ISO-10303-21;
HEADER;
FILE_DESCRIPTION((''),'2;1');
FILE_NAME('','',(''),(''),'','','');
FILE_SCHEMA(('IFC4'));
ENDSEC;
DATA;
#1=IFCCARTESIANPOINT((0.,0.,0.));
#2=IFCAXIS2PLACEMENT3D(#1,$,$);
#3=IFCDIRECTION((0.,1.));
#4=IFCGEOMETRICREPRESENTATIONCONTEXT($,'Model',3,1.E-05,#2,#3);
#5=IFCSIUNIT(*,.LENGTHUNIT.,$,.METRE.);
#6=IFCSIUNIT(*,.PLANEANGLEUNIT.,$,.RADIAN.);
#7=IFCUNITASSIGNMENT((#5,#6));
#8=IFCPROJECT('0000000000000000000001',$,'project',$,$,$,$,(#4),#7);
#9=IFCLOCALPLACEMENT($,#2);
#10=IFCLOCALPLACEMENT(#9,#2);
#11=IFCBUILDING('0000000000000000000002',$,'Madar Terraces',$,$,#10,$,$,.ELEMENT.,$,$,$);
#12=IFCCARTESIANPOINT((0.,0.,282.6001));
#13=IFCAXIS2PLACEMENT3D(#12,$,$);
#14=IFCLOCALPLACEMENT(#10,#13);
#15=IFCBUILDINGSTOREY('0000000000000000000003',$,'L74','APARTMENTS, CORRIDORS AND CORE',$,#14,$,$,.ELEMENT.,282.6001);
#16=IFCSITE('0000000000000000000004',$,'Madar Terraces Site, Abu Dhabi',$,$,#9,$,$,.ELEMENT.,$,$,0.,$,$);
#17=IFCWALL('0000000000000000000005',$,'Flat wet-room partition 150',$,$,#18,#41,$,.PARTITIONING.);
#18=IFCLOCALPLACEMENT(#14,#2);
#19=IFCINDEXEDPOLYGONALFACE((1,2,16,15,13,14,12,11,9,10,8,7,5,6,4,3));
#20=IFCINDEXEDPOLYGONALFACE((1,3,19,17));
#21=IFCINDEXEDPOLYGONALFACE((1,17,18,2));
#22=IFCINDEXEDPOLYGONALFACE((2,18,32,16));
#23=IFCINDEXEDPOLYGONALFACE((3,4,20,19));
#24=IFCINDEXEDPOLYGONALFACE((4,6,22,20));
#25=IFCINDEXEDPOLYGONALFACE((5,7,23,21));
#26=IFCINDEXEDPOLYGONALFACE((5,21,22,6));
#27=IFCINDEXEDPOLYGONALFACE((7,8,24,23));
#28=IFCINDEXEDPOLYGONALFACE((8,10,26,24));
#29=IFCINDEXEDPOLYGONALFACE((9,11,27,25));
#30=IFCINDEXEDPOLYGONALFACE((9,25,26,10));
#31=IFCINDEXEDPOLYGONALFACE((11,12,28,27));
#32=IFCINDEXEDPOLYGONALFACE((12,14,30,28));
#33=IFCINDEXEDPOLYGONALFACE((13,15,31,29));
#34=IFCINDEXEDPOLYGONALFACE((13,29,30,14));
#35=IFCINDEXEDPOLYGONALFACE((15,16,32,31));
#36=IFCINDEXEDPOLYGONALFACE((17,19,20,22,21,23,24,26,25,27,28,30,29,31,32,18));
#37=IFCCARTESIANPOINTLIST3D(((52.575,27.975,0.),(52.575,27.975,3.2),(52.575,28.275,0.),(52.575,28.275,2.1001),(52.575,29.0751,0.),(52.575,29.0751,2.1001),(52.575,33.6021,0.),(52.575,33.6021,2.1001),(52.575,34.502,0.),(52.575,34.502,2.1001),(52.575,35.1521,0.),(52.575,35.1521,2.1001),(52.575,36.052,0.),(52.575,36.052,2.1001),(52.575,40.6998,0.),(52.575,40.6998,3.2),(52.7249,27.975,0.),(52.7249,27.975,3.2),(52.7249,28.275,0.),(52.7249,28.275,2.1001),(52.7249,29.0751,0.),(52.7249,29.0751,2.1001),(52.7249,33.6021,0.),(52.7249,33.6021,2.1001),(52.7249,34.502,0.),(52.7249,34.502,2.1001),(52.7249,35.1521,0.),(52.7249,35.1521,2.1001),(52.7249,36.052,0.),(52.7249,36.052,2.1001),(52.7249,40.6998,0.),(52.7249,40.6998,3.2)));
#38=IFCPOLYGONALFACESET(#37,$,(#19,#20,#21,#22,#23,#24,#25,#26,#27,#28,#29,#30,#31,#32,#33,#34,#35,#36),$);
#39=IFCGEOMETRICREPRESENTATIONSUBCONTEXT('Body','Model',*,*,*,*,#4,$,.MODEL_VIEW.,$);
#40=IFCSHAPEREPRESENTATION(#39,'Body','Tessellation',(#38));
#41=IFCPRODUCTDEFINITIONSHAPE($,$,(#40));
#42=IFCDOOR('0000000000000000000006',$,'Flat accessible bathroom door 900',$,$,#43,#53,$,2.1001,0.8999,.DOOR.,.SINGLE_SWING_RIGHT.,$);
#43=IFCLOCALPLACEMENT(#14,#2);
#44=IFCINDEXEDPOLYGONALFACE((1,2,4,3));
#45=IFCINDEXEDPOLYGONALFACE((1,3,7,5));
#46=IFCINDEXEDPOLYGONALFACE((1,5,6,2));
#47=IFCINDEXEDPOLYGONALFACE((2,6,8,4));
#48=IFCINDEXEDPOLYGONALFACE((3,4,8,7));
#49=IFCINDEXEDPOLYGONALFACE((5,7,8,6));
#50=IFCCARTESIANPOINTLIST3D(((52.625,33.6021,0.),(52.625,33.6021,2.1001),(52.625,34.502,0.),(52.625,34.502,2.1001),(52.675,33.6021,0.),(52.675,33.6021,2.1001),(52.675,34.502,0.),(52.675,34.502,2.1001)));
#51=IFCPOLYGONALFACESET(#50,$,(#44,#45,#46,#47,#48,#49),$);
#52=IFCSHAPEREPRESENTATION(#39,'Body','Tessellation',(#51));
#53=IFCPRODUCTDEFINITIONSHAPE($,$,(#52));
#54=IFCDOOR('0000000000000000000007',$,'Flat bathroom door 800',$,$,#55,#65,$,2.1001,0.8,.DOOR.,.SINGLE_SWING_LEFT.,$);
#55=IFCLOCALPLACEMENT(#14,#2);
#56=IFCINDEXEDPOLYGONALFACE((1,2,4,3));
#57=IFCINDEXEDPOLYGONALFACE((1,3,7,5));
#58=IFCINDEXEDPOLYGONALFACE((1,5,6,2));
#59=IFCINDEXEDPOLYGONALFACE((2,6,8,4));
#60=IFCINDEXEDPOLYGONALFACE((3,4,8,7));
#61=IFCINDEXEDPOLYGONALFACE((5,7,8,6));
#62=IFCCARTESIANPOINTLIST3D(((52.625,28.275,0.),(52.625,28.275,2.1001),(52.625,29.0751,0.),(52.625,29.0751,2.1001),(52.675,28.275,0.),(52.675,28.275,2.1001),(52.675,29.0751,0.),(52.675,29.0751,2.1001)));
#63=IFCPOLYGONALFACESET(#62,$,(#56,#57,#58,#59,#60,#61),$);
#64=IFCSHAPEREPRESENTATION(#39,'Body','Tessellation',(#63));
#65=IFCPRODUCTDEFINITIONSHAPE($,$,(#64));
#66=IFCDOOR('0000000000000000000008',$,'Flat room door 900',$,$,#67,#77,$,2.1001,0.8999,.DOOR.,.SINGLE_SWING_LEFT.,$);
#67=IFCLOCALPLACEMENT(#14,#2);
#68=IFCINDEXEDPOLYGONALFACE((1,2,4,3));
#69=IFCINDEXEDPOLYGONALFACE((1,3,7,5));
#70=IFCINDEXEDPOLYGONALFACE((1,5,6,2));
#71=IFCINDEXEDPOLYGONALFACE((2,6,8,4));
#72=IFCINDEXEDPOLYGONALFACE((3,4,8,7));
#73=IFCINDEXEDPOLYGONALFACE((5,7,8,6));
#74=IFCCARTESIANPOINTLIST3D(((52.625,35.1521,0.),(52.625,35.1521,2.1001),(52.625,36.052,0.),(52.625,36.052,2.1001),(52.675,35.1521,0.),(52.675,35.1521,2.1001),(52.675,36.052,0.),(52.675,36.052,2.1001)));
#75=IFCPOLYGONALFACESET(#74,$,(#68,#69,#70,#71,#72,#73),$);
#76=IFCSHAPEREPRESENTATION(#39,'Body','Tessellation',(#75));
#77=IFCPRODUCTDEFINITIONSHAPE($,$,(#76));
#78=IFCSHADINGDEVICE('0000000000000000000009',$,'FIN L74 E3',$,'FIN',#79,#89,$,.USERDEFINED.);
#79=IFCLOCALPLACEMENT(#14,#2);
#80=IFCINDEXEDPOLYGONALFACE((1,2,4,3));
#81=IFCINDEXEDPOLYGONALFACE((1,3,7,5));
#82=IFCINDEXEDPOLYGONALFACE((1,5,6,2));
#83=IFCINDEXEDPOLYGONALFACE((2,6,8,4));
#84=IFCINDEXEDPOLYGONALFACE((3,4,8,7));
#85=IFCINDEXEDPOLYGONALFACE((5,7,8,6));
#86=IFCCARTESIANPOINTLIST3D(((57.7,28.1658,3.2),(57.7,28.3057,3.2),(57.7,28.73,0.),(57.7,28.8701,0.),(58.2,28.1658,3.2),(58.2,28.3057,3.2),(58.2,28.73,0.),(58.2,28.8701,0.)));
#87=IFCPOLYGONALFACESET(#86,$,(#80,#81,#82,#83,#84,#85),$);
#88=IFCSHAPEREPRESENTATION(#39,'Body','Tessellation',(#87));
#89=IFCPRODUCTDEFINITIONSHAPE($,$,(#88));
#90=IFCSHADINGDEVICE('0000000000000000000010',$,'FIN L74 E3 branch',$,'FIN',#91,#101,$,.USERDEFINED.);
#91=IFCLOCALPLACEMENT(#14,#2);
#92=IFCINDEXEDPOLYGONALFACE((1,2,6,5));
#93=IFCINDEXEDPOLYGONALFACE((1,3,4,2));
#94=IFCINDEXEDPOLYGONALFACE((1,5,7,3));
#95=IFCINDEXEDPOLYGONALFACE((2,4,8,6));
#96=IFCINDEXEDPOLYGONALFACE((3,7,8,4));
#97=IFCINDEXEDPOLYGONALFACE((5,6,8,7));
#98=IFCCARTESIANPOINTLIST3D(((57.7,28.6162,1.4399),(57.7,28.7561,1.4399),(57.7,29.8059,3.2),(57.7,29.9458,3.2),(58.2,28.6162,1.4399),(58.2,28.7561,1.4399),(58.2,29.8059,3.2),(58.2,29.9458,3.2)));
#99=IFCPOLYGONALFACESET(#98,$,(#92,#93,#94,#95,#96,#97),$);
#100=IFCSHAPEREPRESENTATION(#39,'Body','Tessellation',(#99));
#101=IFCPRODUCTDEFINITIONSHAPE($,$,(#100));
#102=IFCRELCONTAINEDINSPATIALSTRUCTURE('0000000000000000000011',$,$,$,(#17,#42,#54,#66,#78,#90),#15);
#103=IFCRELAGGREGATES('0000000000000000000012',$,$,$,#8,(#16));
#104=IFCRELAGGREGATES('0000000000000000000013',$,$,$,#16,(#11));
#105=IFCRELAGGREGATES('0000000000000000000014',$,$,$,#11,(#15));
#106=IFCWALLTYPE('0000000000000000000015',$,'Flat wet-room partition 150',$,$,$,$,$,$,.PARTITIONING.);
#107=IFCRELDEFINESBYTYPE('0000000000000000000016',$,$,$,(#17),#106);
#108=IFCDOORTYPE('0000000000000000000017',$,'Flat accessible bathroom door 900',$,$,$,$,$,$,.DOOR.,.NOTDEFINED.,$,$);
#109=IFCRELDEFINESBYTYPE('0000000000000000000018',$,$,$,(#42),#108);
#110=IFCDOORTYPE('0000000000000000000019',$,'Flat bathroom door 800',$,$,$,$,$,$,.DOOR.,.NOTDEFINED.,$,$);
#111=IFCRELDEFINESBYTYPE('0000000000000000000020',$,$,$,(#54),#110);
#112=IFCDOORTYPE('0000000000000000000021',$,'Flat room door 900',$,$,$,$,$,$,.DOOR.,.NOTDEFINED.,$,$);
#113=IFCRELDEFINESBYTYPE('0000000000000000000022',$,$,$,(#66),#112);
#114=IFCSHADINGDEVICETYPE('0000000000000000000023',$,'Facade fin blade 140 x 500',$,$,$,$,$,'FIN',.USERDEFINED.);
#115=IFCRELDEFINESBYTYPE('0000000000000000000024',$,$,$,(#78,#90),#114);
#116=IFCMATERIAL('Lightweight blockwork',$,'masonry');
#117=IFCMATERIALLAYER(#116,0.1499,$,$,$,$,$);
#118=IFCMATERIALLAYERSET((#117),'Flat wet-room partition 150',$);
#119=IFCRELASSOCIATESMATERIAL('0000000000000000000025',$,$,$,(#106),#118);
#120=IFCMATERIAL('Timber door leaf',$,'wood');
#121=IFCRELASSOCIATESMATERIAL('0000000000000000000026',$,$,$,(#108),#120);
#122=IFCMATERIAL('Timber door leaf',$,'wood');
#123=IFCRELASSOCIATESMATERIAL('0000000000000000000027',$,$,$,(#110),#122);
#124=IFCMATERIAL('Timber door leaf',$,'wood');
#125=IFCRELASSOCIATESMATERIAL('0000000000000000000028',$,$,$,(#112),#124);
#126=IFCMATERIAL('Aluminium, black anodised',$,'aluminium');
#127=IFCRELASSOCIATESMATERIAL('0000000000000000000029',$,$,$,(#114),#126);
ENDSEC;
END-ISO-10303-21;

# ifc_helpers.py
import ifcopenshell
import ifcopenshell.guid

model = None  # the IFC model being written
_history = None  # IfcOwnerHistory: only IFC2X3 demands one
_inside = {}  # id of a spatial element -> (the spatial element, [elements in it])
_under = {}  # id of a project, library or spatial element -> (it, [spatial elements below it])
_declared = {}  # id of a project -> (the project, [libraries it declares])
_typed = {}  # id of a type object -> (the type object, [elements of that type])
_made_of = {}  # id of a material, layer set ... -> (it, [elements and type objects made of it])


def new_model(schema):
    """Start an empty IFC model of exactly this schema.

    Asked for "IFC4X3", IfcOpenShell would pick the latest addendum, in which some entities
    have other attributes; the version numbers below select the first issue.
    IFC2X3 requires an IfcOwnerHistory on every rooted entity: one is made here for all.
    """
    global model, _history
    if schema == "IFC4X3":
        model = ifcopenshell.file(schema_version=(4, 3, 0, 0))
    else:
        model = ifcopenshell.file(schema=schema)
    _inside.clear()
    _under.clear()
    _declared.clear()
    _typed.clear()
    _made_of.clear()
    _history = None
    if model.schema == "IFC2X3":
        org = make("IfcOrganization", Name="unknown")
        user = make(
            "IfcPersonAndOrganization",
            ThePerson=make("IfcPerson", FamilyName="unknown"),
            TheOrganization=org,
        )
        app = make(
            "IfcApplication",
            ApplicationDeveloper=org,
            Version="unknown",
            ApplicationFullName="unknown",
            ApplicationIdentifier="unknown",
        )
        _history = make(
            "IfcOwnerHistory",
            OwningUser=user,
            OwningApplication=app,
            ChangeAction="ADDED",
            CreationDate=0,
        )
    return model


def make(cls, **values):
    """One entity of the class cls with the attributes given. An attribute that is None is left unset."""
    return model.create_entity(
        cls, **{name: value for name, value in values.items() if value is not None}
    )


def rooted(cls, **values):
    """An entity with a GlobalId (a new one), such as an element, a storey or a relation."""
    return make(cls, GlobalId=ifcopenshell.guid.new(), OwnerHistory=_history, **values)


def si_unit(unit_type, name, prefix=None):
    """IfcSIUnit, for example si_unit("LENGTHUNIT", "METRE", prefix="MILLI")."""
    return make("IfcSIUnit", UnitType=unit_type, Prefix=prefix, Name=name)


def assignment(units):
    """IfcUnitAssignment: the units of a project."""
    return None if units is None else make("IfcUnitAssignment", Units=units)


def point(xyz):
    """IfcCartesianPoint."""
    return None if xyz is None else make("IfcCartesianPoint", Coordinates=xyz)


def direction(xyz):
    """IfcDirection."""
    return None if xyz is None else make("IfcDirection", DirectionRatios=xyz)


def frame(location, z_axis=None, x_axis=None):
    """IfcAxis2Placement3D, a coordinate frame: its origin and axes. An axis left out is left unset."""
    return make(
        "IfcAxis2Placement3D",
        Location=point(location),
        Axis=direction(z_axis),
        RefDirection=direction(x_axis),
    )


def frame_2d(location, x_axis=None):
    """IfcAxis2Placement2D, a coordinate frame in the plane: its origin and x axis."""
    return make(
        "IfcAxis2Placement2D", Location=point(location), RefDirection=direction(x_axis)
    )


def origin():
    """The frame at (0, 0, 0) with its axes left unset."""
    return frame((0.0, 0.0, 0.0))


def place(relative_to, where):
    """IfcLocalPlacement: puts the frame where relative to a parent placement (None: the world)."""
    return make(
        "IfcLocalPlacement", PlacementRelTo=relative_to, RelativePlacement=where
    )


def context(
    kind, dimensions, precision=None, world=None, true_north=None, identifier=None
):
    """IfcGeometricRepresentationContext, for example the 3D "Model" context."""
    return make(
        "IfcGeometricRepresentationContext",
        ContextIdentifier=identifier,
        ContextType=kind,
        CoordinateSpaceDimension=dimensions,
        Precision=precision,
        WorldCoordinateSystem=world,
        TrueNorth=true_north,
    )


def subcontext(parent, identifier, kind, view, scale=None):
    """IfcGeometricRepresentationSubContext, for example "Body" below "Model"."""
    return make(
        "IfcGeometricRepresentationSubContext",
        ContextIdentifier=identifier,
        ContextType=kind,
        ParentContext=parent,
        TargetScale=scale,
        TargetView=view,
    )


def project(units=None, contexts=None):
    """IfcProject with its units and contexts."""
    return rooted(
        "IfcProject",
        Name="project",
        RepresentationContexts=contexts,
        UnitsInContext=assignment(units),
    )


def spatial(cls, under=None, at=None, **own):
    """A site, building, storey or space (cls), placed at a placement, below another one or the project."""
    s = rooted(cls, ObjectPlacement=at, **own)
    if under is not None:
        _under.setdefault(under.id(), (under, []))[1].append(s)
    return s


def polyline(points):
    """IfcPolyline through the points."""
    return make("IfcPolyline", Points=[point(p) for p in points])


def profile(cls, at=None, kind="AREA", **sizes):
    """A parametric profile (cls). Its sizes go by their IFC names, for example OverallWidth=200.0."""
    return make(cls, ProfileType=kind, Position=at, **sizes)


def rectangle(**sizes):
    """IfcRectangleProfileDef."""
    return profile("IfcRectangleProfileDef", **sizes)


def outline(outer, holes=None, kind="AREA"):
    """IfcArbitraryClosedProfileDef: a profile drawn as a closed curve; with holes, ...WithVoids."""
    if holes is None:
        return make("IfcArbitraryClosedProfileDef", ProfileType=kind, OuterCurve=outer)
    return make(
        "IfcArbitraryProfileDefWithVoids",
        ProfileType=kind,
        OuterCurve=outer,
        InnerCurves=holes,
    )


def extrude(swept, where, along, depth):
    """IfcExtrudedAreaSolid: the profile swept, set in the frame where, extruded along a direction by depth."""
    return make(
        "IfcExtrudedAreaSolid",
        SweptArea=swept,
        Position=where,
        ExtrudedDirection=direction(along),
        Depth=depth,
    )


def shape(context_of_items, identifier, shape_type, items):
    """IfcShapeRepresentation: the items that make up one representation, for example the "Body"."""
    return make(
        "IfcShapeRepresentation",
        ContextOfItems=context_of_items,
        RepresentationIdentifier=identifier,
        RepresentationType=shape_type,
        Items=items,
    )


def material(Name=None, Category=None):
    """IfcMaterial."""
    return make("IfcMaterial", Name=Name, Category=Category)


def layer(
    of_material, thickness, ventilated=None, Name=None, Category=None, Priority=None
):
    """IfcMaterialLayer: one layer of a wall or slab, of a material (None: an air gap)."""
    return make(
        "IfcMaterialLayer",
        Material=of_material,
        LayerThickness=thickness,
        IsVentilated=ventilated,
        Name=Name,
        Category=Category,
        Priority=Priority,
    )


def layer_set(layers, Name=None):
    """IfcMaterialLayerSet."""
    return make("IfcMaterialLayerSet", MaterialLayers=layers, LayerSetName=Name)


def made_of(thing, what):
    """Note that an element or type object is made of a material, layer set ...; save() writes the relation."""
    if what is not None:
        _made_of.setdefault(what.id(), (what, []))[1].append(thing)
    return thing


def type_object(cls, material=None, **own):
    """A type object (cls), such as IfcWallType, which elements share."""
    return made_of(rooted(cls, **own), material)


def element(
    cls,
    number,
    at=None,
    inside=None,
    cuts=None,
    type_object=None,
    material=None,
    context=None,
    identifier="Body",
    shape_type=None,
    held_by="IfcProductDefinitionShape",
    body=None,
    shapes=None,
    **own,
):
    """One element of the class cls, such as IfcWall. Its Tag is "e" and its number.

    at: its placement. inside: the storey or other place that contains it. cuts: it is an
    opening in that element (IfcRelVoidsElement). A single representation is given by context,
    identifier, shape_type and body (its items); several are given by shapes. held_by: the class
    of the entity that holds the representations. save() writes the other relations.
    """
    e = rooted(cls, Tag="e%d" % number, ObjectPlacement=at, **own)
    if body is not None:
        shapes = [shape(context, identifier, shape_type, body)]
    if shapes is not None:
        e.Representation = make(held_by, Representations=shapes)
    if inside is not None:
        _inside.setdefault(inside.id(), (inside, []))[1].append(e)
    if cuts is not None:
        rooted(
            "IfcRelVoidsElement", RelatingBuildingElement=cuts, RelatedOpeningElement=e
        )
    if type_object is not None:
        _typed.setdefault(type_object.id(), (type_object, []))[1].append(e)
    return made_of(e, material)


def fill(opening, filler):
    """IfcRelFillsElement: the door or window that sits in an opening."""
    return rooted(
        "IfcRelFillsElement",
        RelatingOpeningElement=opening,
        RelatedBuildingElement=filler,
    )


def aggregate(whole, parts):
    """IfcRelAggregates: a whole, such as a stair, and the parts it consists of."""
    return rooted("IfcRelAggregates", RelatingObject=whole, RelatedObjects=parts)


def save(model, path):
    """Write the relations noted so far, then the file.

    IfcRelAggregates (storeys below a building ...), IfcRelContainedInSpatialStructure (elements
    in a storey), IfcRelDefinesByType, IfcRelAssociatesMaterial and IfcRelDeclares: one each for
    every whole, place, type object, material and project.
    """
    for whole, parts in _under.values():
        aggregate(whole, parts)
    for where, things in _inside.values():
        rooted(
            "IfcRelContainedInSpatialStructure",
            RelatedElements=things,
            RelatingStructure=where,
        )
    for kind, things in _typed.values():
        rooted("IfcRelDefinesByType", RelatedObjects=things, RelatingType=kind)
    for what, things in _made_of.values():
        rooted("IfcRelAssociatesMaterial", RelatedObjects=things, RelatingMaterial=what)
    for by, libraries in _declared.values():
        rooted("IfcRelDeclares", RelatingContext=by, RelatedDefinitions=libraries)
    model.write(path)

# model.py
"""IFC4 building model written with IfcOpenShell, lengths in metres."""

from ifc_helpers import new_model, si_unit, direction, frame, frame_2d, origin, place, context, subcontext, project, spatial, polyline, rectangle, outline, extrude, material, layer, layer_set, type_object, element, fill, save


model = new_model("IFC4")

# Units and contexts
model_context = context("Model", 3, precision=1e-05, world=origin(), true_north=direction((0.0, 1.0)))
body_context = subcontext(model_context, "Body", "Model", "MODEL_VIEW")
ifc_project = project(units=[si_unit("LENGTHUNIT", "METRE"), si_unit("PLANEANGLEUNIT", "RADIAN")], contexts=[model_context])

# Site, building, storey
site_placement = place(None, origin())
site = spatial("IfcSite", under=ifc_project, at=site_placement, Name="Madar Terraces Site, Abu Dhabi", CompositionType="ELEMENT", RefElevation=0.0)
building_placement = place(site_placement, origin())
building = spatial("IfcBuilding", under=site, at=building_placement, Name="Madar Terraces", CompositionType="ELEMENT")
storey_placement = place(building_placement, frame((0.0, 0.0, 282.6001)))
storey = spatial("IfcBuildingStorey", under=building, at=storey_placement, Name="L74", Description="APARTMENTS, CORRIDORS AND CORE", CompositionType="ELEMENT", Elevation=282.6001)

# Shared definitions
ifc_material_1 = material(Name="Lightweight blockwork", Category="masonry")
ifc_layer_1 = layer(ifc_material_1, 0.1499)
ifc_layer_set_1 = layer_set([ifc_layer_1], Name="Flat wet-room partition 150")
wall_type_1 = type_object("IfcWallType", Name="Flat wet-room partition 150", PredefinedType="PARTITIONING", material=ifc_layer_set_1)

# Wall, openings, doors
wall_1_placement = place(storey_placement, frame((52.6499, 27.9751, 0.0), z_axis=(0.0, 0.0, 1.0), x_axis=(0.0, 1.0, 0.0)))
wall_1 = element("IfcWall", 1, at=wall_1_placement, inside=storey, type_object=wall_type_1, Name="Flat wet-room partition 150", PredefinedType="PARTITIONING", context=body_context, shape_type="SweptSolid", body=[
    extrude(rectangle(XDim=12.7249, YDim=0.1499, at=frame_2d((6.3623, 0.0))), origin(), (0.0, 0.0, 1.0), 3.2),
])
opening_1_placement = place(wall_1_placement, frame((0.3, 0.0, 0.0)))
opening_1 = element("IfcOpeningElement", 2, at=opening_1_placement, cuts=wall_1, PredefinedType="OPENING", context=body_context, shape_type="SweptSolid", body=[
    extrude(rectangle(XDim=0.8, YDim=2.1001, at=frame_2d((0.3999, 1.05))), frame((0.0, 0.085, 0.0), z_axis=(0.0, -1.0, 0.0), x_axis=(1.0, 0.0, 0.0)), (0.0, 0.0, 1.0), 0.1699),
])
opening_2_placement = place(wall_1_placement, frame((5.627, 0.0, 0.0)))
opening_2 = element("IfcOpeningElement", 3, at=opening_2_placement, cuts=wall_1, PredefinedType="OPENING", context=body_context, shape_type="SweptSolid", body=[
    extrude(rectangle(XDim=0.8999, YDim=2.1001, at=frame_2d((0.45, 1.05))), frame((0.0, 0.085, 0.0), z_axis=(0.0, -1.0, 0.0), x_axis=(1.0, 0.0, 0.0)), (0.0, 0.0, 1.0), 0.1699),
])
opening_3_placement = place(wall_1_placement, frame((7.177, 0.0, 0.0)))
opening_3 = element("IfcOpeningElement", 4, at=opening_3_placement, cuts=wall_1, PredefinedType="OPENING", context=body_context, shape_type="SweptSolid", body=[
    extrude(rectangle(XDim=0.8999, YDim=2.1001, at=frame_2d((0.45, 1.05))), frame((0.0, 0.085, 0.0), z_axis=(0.0, -1.0, 0.0), x_axis=(1.0, 0.0, 0.0)), (0.0, 0.0, 1.0), 0.1699),
])
ifc_material_2 = material(Name="Timber door leaf", Category="wood")
door_type_1 = type_object("IfcDoorType", Name="Flat accessible bathroom door 900", OperationType="NOTDEFINED", PredefinedType="DOOR", material=ifc_material_2)
door_1_placement = place(opening_2_placement, origin())
door_1 = element("IfcDoor", 5, at=door_1_placement, inside=storey, type_object=door_type_1, Name="Flat accessible bathroom door 900", OperationType="SINGLE_SWING_RIGHT", OverallHeight=2.1001, OverallWidth=0.8999, PredefinedType="DOOR", context=body_context, shape_type="SweptSolid", body=[
    extrude(rectangle(XDim=0.8999, YDim=2.1001, at=frame_2d((0.45, 1.05))), frame((0.0, 0.0249, 0.0), z_axis=(0.0, -1.0, 0.0), x_axis=(1.0, 0.0, 0.0)), (0.0, 0.0, 1.0), 0.05),
])
fill(opening_2, door_1)
ifc_material_3 = material(Name="Timber door leaf", Category="wood")
door_type_2 = type_object("IfcDoorType", Name="Flat bathroom door 800", OperationType="NOTDEFINED", PredefinedType="DOOR", material=ifc_material_3)
door_2_placement = place(opening_1_placement, origin())
door_2 = element("IfcDoor", 6, at=door_2_placement, inside=storey, type_object=door_type_2, Name="Flat bathroom door 800", OperationType="SINGLE_SWING_LEFT", OverallHeight=2.1001, OverallWidth=0.8, PredefinedType="DOOR", context=body_context, shape_type="SweptSolid", body=[
    extrude(rectangle(XDim=0.8, YDim=2.1001, at=frame_2d((0.3999, 1.05))), frame((0.0, 0.0249, 0.0), z_axis=(0.0, -1.0, 0.0), x_axis=(1.0, 0.0, 0.0)), (0.0, 0.0, 1.0), 0.05),
])
fill(opening_1, door_2)
ifc_material_4 = material(Name="Timber door leaf", Category="wood")
door_type_3 = type_object("IfcDoorType", Name="Flat room door 900", OperationType="NOTDEFINED", PredefinedType="DOOR", material=ifc_material_4)
door_3_placement = place(opening_3_placement, origin())
door_3 = element("IfcDoor", 7, at=door_3_placement, inside=storey, type_object=door_type_3, Name="Flat room door 900", OperationType="SINGLE_SWING_LEFT", OverallHeight=2.1001, OverallWidth=0.8999, PredefinedType="DOOR", context=body_context, shape_type="SweptSolid", body=[
    extrude(rectangle(XDim=0.8999, YDim=2.1001, at=frame_2d((0.45, 1.05))), frame((0.0, 0.0249, 0.0), z_axis=(0.0, -1.0, 0.0), x_axis=(1.0, 0.0, 0.0)), (0.0, 0.0, 1.0), 0.05),
])
fill(opening_3, door_3)

# Shading devices
ifc_material_5 = material(Name="Aluminium, black anodised", Category="aluminium")
shading_device_type = type_object("IfcShadingDeviceType", Name="Facade fin blade 140 x 500", ElementType="FIN", PredefinedType="USERDEFINED", material=ifc_material_5)
shading_device_1_placement = place(storey_placement, frame((57.95, 28.73, 0.0), z_axis=(0.0, 0.0, 1.0), x_axis=(0.0, 1.0, 0.0)))
element("IfcShadingDevice", 8, at=shading_device_1_placement, inside=storey, type_object=shading_device_type, Name="FIN L74 E3", ObjectType="FIN", PredefinedType="USERDEFINED", context=body_context, shape_type="SweptSolid", body=[
    extrude(outline(polyline([(0.0, 0.0), (0.1401, 0.0), (-0.4243, 3.2), (-0.5642, 3.2), (0.0, 0.0)])), frame((0.0, 0.25, 0.0), z_axis=(0.0, -1.0, 0.0), x_axis=(1.0, 0.0, 0.0)), (0.0, 0.0, 1.0), 0.5),
])
shading_device_2_placement = place(storey_placement, frame((57.95, 28.6162, 1.4399), z_axis=(0.0, 0.0, 1.0), x_axis=(0.0, 1.0, 0.0)))
element("IfcShadingDevice", 9, at=shading_device_2_placement, inside=storey, type_object=shading_device_type, Name="FIN L74 E3 branch", ObjectType="FIN", PredefinedType="USERDEFINED", context=body_context, shape_type="SweptSolid", body=[
    extrude(outline(polyline([(0.0, 0.0), (0.1399, 0.0), (1.3296, 1.76), (1.1897, 1.76), (0.0, 0.0)])), frame((0.0, 0.25, 0.0), z_axis=(0.0, -1.0, 0.0), x_axis=(1.0, 0.0, 0.0)), (0.0, 0.0, 1.0), 0.5),
])

save(model, "model.ifc")
